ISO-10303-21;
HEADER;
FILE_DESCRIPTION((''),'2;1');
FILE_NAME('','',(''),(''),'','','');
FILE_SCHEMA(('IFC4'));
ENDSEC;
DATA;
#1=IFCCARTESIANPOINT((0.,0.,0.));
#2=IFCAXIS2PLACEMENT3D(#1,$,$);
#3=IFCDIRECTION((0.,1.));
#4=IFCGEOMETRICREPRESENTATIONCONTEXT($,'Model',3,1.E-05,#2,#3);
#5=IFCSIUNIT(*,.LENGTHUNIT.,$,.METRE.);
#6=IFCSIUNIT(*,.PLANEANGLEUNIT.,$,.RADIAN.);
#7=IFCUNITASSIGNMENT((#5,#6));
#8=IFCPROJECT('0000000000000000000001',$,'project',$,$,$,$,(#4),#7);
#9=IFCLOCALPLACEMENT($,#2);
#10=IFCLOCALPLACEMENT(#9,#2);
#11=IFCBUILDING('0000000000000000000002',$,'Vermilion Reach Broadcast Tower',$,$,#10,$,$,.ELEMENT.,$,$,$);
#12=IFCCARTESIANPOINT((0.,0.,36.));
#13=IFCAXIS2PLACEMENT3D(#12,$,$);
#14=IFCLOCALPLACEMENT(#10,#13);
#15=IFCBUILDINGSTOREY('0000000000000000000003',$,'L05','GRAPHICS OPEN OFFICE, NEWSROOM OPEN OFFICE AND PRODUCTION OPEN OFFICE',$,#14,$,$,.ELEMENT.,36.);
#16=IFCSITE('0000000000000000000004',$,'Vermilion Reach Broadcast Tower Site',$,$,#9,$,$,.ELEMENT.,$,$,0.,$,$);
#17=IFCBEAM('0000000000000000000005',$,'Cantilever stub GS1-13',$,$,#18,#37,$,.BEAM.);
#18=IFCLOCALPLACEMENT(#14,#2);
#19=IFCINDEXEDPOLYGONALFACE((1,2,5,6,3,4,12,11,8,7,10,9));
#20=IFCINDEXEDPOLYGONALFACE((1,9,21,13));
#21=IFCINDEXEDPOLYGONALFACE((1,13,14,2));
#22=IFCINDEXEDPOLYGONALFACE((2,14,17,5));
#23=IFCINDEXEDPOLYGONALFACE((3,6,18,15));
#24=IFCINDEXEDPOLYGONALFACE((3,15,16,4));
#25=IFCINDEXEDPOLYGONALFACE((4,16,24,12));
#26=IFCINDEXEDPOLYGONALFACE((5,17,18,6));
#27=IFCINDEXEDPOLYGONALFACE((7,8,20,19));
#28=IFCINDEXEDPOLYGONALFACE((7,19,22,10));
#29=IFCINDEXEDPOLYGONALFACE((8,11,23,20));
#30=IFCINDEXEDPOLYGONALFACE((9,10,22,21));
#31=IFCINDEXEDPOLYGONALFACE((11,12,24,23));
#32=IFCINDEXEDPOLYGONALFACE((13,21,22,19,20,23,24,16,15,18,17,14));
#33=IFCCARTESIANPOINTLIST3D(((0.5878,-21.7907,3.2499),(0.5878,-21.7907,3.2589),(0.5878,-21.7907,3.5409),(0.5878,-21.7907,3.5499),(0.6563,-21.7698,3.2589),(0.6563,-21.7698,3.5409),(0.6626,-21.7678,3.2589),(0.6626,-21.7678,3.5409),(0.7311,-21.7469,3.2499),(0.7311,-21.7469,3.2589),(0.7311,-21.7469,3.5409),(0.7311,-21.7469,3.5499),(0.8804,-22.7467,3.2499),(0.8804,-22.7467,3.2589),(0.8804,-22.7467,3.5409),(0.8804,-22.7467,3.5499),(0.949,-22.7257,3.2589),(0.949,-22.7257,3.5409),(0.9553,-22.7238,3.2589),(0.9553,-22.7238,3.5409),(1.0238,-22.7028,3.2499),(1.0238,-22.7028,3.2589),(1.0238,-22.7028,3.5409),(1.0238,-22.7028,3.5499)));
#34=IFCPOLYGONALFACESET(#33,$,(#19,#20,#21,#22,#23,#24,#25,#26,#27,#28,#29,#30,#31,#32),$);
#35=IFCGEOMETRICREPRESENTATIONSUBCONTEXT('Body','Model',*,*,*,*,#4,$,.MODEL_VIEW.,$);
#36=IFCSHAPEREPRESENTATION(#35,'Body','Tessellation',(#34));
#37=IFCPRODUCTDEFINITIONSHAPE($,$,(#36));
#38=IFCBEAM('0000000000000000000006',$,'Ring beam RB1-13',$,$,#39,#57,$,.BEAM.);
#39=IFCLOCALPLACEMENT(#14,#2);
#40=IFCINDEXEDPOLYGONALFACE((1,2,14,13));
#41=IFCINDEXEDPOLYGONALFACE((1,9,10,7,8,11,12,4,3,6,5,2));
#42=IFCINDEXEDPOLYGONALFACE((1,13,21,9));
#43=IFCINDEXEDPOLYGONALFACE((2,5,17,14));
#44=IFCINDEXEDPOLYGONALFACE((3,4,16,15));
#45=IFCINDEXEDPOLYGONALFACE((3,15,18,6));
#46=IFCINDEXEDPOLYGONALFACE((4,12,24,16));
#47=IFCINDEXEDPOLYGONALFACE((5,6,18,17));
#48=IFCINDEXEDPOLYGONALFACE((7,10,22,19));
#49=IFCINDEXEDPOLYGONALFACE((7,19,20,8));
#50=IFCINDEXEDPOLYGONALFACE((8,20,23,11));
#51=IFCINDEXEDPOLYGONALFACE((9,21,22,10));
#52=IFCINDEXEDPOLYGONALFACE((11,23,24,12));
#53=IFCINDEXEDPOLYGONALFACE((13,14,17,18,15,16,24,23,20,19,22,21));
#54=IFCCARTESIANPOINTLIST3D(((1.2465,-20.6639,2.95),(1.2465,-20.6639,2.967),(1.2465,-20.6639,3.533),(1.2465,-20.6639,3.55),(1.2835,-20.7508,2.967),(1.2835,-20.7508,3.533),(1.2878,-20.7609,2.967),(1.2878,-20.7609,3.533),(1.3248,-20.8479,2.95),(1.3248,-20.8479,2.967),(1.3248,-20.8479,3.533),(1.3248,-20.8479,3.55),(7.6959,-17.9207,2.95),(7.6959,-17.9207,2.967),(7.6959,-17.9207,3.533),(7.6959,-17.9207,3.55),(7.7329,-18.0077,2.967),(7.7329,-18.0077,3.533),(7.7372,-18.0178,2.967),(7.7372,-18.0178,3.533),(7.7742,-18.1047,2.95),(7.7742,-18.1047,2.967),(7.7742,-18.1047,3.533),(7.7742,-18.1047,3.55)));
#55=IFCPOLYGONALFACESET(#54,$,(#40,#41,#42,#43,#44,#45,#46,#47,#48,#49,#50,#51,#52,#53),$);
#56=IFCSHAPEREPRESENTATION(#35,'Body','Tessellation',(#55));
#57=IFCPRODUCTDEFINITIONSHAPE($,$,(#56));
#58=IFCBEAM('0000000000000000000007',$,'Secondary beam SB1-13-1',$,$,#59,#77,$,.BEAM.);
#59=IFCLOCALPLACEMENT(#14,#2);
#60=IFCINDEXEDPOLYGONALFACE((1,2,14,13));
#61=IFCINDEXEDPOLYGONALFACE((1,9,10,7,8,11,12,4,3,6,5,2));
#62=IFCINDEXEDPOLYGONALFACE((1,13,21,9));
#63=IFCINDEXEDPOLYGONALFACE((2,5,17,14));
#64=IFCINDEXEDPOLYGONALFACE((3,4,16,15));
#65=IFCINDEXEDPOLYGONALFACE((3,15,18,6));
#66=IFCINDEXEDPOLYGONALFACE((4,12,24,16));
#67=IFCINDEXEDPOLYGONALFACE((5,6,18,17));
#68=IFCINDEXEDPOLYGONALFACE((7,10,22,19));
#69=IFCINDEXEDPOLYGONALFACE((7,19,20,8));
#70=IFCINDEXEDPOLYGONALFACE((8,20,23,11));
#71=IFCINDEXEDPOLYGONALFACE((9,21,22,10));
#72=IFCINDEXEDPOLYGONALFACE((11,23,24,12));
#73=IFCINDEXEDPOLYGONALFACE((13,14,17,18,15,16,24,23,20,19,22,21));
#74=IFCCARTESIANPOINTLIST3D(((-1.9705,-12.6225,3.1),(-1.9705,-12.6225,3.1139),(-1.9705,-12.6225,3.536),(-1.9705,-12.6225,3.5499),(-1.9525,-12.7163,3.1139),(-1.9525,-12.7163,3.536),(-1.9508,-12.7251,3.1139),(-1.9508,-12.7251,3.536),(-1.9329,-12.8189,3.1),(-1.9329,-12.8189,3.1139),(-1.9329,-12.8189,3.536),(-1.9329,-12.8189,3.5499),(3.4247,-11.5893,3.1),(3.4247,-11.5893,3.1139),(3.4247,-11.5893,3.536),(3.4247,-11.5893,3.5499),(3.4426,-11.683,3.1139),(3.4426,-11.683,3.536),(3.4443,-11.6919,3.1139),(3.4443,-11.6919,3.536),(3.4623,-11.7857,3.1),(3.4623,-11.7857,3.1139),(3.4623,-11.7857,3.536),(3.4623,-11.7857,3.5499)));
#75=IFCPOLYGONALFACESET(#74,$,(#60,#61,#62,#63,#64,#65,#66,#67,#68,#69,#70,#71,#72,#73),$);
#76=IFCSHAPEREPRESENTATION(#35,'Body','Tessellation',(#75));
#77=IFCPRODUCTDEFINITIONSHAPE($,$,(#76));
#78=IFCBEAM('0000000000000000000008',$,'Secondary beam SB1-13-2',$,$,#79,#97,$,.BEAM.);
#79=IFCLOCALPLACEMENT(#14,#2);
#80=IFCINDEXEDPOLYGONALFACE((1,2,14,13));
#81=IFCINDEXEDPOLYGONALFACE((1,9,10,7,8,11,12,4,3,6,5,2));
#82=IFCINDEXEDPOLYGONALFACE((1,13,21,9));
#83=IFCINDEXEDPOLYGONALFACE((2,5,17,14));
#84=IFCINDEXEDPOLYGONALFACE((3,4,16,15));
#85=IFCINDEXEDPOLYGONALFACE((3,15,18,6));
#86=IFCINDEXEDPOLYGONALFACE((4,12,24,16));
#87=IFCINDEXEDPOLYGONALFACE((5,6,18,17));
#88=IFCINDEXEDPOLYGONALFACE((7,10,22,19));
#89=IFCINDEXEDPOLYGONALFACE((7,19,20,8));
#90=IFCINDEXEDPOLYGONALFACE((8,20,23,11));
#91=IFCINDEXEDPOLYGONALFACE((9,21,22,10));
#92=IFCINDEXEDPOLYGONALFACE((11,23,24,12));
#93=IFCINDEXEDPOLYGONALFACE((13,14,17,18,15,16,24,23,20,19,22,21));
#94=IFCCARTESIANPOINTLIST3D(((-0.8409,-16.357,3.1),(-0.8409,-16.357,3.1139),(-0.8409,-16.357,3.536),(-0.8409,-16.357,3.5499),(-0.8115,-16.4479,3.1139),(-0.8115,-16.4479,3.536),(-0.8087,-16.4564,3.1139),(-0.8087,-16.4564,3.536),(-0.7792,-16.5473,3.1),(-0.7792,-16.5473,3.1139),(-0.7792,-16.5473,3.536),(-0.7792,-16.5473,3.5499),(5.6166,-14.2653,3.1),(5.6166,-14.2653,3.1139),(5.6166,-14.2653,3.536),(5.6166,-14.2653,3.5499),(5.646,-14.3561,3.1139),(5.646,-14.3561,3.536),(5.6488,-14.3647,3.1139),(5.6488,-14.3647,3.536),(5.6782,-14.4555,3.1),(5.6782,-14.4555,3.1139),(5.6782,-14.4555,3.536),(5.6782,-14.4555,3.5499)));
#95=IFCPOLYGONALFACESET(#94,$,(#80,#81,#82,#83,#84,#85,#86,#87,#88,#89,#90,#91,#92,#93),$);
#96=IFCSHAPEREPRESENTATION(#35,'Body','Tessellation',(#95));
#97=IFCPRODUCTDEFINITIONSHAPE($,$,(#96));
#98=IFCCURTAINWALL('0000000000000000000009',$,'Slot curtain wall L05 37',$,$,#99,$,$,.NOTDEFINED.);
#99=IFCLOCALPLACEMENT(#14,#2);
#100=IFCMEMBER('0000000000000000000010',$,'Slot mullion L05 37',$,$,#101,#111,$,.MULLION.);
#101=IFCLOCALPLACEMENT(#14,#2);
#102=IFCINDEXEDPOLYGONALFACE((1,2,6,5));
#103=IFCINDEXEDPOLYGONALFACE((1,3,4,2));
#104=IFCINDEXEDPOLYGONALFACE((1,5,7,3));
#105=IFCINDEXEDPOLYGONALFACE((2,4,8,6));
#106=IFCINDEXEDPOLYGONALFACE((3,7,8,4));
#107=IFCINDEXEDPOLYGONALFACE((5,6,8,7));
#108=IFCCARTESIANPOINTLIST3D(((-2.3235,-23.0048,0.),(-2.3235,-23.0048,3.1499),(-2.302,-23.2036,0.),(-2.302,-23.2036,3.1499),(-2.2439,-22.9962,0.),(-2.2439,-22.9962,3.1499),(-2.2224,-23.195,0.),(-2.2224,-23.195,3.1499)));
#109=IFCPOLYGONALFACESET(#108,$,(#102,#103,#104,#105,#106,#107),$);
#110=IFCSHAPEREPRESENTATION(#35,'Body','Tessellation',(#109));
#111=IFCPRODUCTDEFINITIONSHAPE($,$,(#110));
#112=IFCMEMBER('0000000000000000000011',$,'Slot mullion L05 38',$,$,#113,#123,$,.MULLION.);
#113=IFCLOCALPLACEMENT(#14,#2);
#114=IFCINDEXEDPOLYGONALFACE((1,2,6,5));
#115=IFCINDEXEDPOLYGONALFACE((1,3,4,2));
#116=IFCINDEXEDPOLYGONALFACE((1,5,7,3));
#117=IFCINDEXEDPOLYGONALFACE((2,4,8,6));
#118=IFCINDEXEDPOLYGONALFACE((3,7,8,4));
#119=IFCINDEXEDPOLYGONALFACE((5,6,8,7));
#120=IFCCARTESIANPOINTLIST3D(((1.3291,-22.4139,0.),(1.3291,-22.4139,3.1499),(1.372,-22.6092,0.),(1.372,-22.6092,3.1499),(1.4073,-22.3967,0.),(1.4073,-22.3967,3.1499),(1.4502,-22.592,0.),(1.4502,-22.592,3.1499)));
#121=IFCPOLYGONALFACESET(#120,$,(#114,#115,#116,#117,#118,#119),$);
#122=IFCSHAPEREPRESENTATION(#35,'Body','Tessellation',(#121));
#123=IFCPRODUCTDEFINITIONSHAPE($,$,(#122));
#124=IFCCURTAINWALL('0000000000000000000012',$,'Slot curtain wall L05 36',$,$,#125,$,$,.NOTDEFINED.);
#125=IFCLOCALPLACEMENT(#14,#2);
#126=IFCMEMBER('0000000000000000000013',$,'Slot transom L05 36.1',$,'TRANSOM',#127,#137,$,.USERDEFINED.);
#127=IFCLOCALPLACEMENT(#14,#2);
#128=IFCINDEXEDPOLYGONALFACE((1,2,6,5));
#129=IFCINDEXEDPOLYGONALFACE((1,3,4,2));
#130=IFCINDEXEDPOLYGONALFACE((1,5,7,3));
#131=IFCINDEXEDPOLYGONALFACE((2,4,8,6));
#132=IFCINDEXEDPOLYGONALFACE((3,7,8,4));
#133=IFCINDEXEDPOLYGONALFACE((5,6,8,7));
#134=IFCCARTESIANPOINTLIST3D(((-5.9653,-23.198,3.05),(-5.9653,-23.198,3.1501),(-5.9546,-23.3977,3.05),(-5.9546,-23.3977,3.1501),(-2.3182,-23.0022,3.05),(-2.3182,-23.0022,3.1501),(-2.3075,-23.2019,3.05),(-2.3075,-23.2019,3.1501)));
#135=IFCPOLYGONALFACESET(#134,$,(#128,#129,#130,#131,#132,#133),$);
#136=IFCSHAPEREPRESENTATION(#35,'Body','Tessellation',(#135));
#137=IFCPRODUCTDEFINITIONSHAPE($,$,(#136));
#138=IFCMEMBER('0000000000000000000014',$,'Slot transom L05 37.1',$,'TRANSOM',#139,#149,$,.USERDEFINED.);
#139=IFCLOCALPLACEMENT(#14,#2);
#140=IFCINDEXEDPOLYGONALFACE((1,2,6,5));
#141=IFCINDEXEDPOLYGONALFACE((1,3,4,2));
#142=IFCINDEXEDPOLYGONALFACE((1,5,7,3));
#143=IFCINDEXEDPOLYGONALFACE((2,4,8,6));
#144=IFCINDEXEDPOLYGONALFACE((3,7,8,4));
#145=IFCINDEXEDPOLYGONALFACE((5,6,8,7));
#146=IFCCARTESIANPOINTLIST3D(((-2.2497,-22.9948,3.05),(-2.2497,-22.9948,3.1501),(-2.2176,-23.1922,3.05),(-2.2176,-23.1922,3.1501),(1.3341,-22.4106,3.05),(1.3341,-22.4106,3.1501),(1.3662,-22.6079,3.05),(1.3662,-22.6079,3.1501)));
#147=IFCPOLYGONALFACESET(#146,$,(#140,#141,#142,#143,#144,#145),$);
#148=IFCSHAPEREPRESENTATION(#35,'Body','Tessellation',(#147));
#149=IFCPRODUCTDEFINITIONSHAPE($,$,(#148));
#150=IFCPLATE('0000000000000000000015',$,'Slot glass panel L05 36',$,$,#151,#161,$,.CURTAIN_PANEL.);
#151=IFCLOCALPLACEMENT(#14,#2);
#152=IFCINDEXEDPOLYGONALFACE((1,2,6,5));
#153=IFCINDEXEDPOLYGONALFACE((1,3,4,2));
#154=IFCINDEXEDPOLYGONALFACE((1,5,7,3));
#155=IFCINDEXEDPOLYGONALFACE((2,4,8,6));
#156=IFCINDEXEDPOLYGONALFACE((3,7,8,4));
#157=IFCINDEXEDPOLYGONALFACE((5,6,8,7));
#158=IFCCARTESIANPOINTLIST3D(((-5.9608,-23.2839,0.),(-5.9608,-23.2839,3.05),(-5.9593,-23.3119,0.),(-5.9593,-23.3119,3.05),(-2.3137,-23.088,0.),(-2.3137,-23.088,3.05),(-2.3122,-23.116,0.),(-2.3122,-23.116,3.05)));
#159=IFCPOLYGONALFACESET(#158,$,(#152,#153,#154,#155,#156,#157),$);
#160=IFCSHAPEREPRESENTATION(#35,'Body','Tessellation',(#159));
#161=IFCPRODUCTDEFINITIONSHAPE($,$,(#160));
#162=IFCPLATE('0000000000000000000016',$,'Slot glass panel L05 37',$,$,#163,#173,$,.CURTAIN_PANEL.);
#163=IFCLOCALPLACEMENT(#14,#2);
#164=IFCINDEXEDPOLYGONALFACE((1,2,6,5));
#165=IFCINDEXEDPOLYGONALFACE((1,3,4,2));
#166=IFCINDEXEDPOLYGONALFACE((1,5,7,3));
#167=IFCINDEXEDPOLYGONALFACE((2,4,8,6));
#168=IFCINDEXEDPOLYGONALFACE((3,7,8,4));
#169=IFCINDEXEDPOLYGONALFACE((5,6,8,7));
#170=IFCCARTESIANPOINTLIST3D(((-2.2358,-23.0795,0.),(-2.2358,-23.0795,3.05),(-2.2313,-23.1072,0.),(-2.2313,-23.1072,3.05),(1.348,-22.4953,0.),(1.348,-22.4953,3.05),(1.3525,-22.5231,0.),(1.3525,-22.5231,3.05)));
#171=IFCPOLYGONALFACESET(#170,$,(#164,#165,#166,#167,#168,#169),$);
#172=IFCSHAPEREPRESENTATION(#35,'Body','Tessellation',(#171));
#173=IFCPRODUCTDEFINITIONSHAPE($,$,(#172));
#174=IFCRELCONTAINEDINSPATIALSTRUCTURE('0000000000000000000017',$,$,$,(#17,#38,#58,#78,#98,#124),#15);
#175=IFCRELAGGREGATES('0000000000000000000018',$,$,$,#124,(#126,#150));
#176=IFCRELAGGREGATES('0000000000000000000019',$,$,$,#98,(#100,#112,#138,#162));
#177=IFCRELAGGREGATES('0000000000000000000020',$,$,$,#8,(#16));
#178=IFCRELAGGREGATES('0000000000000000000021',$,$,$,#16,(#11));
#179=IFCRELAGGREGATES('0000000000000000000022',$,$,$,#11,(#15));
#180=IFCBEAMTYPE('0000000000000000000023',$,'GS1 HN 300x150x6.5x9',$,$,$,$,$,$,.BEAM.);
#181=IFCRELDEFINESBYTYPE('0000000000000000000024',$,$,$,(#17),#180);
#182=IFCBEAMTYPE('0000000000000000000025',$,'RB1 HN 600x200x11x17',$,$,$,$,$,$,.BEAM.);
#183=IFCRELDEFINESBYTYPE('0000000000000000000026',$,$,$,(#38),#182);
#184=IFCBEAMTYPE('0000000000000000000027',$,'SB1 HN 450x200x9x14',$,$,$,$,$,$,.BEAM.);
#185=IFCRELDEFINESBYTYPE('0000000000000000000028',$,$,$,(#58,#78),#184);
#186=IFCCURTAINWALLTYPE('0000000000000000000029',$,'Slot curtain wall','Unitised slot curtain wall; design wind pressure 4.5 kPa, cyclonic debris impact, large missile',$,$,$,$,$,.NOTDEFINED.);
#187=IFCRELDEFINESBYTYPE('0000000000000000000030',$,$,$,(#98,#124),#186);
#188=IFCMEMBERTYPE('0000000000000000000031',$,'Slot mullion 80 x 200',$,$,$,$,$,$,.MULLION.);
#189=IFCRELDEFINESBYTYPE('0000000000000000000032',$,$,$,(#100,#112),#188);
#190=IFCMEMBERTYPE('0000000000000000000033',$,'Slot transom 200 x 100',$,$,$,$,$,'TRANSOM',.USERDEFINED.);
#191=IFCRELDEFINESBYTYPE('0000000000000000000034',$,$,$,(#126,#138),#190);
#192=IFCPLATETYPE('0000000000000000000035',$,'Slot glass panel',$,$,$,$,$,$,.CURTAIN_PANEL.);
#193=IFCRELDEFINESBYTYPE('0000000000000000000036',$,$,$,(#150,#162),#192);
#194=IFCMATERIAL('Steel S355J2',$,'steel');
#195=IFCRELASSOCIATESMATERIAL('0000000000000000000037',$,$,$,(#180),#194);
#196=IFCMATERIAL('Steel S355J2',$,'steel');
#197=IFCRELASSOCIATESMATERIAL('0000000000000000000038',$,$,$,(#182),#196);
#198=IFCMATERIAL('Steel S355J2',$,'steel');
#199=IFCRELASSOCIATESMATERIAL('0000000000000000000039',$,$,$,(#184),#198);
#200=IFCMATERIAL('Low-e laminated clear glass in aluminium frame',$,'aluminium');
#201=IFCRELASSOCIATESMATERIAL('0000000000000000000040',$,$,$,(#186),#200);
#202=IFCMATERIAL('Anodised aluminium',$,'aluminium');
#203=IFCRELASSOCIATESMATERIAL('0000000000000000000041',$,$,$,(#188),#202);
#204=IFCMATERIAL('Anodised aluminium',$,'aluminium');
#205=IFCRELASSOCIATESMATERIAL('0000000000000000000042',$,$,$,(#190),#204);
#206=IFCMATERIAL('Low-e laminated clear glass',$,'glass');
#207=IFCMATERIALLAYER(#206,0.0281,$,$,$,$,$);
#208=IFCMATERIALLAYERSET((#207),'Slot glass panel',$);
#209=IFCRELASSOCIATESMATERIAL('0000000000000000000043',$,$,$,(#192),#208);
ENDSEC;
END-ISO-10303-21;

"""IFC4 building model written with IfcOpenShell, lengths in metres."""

from ifc_helpers import new_model, si_unit, direction, frame, origin, origin_2d, place, context, subcontext, project, spatial, rectangle, i_section, extrude, material, layer, layer_set, material_profile, profile_set, type_object, element, aggregate, save


model = new_model("IFC4")

# Units and contexts
model_context = context("Model", 3, precision=1e-05, world=origin(), true_north=direction((0.0, 1.0)))
body_context = subcontext(model_context, "Body", "Model", "MODEL_VIEW")
ifc_project = project(units=[si_unit("LENGTHUNIT", "METRE"), si_unit("PLANEANGLEUNIT", "RADIAN")], contexts=[model_context])

# Site, building, storey
site_placement = place(None, origin())
site = spatial("IfcSite", under=ifc_project, at=site_placement, Name="Vermilion Reach Broadcast Tower Site", CompositionType="ELEMENT", RefElevation=0.0)
building_placement = place(site_placement, origin())
building = spatial("IfcBuilding", under=site, at=building_placement, Name="Vermilion Reach Broadcast Tower", CompositionType="ELEMENT")
storey_placement = place(building_placement, frame((0.0, 0.0, 36.0)))
storey = spatial("IfcBuildingStorey", under=building, at=storey_placement, Name="L05", Description="GRAPHICS OPEN OFFICE, NEWSROOM OPEN OFFICE AND PRODUCTION OPEN OFFICE", CompositionType="ELEMENT", Elevation=36.0)

# Beams
ifc_material_1 = material(Name="Steel S355J2", Category="steel")
ifc_material_profile_1 = material_profile(ifc_material_1, i_section(OverallWidth=0.1499, OverallDepth=0.3, WebThickness=0.0066, FlangeThickness=0.009, at=origin_2d()), Name="S355J2 HN 300x150x6.5x9")
ifc_profile_set_1 = profile_set([ifc_material_profile_1], Name="Steel S355J2")
beam_type_1 = type_object("IfcBeamType", Name="GS1 HN 300x150x6.5x9", PredefinedType="BEAM", material=ifc_profile_set_1)
beam_1_placement = place(storey_placement, frame((0.6594, -21.7688, 3.3999), z_axis=(0.292764, -0.956185, 0.0), x_axis=(0.956185, 0.292764, 0.0)))
element("IfcBeam", 1, at=beam_1_placement, inside=storey, type_object=beam_type_1, Name="Cantilever stub GS1-13", PredefinedType="BEAM", context=body_context, shape_type="SweptSolid", body=[
    extrude(i_section(OverallWidth=0.1499, OverallDepth=0.3, WebThickness=0.0066, FlangeThickness=0.009, at=origin_2d()), origin(), (0.0, 0.0, 1.0), 0.9998),
])
ifc_material_2 = material(Name="Steel S355J2", Category="steel")
ifc_material_profile_2 = material_profile(ifc_material_2, i_section(OverallWidth=0.2, OverallDepth=0.6001, WebThickness=0.011, FlangeThickness=0.0171, at=origin_2d()), Name="S355J2 HN 600x200x11x17")
ifc_profile_set_2 = profile_set([ifc_material_profile_2], Name="Steel S355J2")
beam_type_2 = type_object("IfcBeamType", Name="RB1 HN 600x200x11x17", PredefinedType="BEAM", material=ifc_profile_set_2)
beam_2_placement = place(storey_placement, frame((1.2856, -20.7559, 3.25), z_axis=(0.920221, 0.3914, 0.0), x_axis=(-0.3914, 0.920221, 0.0)))
element("IfcBeam", 2, at=beam_2_placement, inside=storey, type_object=beam_type_2, Name="Ring beam RB1-13", PredefinedType="BEAM", context=body_context, shape_type="SweptSolid", body=[
    extrude(i_section(OverallWidth=0.2, OverallDepth=0.6001, WebThickness=0.011, FlangeThickness=0.0171, at=origin_2d()), origin(), (0.0, 0.0, 1.0), 7.0085),
])
ifc_material_3 = material(Name="Steel S355J2", Category="steel")
ifc_material_profile_3 = material_profile(ifc_material_3, i_section(OverallWidth=0.2, OverallDepth=0.45, WebThickness=0.009, FlangeThickness=0.0139, at=origin_2d()), Name="S355J2 HN 450x200x9x14")
ifc_profile_set_3 = profile_set([ifc_material_profile_3], Name="Steel S355J2")
beam_type_3 = type_object("IfcBeamType", Name="SB1 HN 450x200x9x14", PredefinedType="BEAM", material=ifc_profile_set_3)
beam_3_placement = place(storey_placement, frame((-1.9517, -12.7207, 3.325), z_axis=(0.982151, 0.188092, 0.0), x_axis=(-0.188092, 0.982151, 0.0)))
element("IfcBeam", 3, at=beam_3_placement, inside=storey, type_object=beam_type_3, Name="Secondary beam SB1-13-1", PredefinedType="BEAM", context=body_context, shape_type="SweptSolid", body=[
    extrude(i_section(OverallWidth=0.2, OverallDepth=0.45, WebThickness=0.009, FlangeThickness=0.0139, at=origin_2d()), origin(), (0.0, 0.0, 1.0), 5.4932),
])
beam_4_placement = place(storey_placement, frame((-0.8101, -16.4521, 3.325), z_axis=(0.951332, 0.308167, 0.0), x_axis=(-0.308167, 0.951332, 0.0)))
element("IfcBeam", 4, at=beam_4_placement, inside=storey, type_object=beam_type_3, Name="Secondary beam SB1-13-2", PredefinedType="BEAM", context=body_context, shape_type="SweptSolid", body=[
    extrude(i_section(OverallWidth=0.2, OverallDepth=0.45, WebThickness=0.009, FlangeThickness=0.0139, at=origin_2d()), origin(), (0.0, 0.0, 1.0), 6.7878),
])

# Curtain wall, members
ifc_material_4 = material(Name="Low-e laminated clear glass in aluminium frame", Category="aluminium")
curtain_wall_type = type_object("IfcCurtainWallType", Name="Slot curtain wall", Description="Unitised slot curtain wall; design wind pressure 4.5 kPa, cyclonic debris impact, large missile", PredefinedType="NOTDEFINED", material=ifc_material_4)
placement = place(storey_placement, origin())
curtain_wall_1 = element("IfcCurtainWall", 5, at=placement, inside=storey, type_object=curtain_wall_type, Name="Slot curtain wall L05 37", PredefinedType="NOTDEFINED")
ifc_material_5 = material(Name="Anodised aluminium", Category="aluminium")
ifc_material_profile_4 = material_profile(ifc_material_5, rectangle(XDim=0.2, YDim=0.0801, at=origin_2d()), Name="Slot mullion 80 x 200")
ifc_profile_set_4 = profile_set([ifc_material_profile_4], Name="Anodised aluminium")
member_type_1 = type_object("IfcMemberType", Name="Slot mullion 80 x 200", PredefinedType="MULLION", material=ifc_profile_set_4)
member_1_placement = place(storey_placement, frame((-2.2729, -23.0999, 0.0), z_axis=(0.0, 0.0, 1.0), x_axis=(-0.107408, 0.994215, 0.0)))
member_1 = element("IfcMember", 6, at=member_1_placement, type_object=member_type_1, Name="Slot mullion L05 37", PredefinedType="MULLION", context=body_context, shape_type="SweptSolid", body=[
    extrude(rectangle(XDim=0.2, YDim=0.0801, at=origin_2d()), origin(), (0.0, 0.0, 1.0), 3.1499),
])
member_2_placement = place(storey_placement, frame((1.3896, -22.5029, 0.0), z_axis=(0.0, 0.0, 1.0), x_axis=(-0.214752, 0.976669, 0.0)))
member_2 = element("IfcMember", 7, at=member_2_placement, type_object=member_type_1, Name="Slot mullion L05 38", PredefinedType="MULLION", context=body_context, shape_type="SweptSolid", body=[
    extrude(rectangle(XDim=0.2, YDim=0.0801, at=origin_2d()), origin(), (0.0, 0.0, 1.0), 3.1499),
])

# Curtain wall, member
curtain_wall_2 = element("IfcCurtainWall", 8, at=placement, inside=storey, type_object=curtain_wall_type, Name="Slot curtain wall L05 36", PredefinedType="NOTDEFINED")
ifc_material_6 = material(Name="Anodised aluminium", Category="aluminium")
ifc_material_profile_5 = material_profile(ifc_material_6, rectangle(XDim=0.2, YDim=0.1001, at=origin_2d()), Name="Slot transom 200 x 100")
ifc_profile_set_5 = profile_set([ifc_material_profile_5], Name="Anodised aluminium")
member_type_2 = type_object("IfcMemberType", Name="Slot transom 200 x 100", ElementType="TRANSOM", PredefinedType="USERDEFINED", material=ifc_profile_set_5)
member_3_placement = place(storey_placement, frame((-5.96, -23.2979, 3.1001), z_axis=(0.998562, 0.053611, 0.0), x_axis=(-0.053611, 0.998562, 0.0)))
member_3 = element("IfcMember", 9, at=member_3_placement, type_object=member_type_2, Name="Slot transom L05 36.1", ObjectType="TRANSOM", PredefinedType="USERDEFINED", context=body_context, shape_type="SweptSolid", body=[
    extrude(rectangle(XDim=0.2, YDim=0.1001, at=origin_2d()), origin(), (0.0, 0.0, 1.0), 3.6523),
])

# Member
member_4_placement = place(storey_placement, frame((-2.2336, -23.0935, 3.1001), z_axis=(0.986971, 0.160898, 0.0), x_axis=(-0.160898, 0.986971, 0.0)))
member_4 = element("IfcMember", 10, at=member_4_placement, type_object=member_type_2, Name="Slot transom L05 37.1", ObjectType="TRANSOM", PredefinedType="USERDEFINED", context=body_context, shape_type="SweptSolid", body=[
    extrude(rectangle(XDim=0.2, YDim=0.1001, at=origin_2d()), origin(), (0.0, 0.0, 1.0), 3.6311),
])

# Plates
ifc_material_7 = material(Name="Low-e laminated clear glass", Category="glass")
ifc_layer_1 = layer(ifc_material_7, 0.0281)
ifc_layer_set_1 = layer_set([ifc_layer_1], Name="Slot glass panel")
plate_type = type_object("IfcPlateType", Name="Slot glass panel", PredefinedType="CURTAIN_PANEL", material=ifc_layer_set_1)
plate_1_placement = place(storey_placement, frame((-4.1365, -23.2, 0.0), z_axis=(0.0, 0.0, 1.0), x_axis=(0.998561, 0.053631, 0.0)))
plate_1 = element("IfcPlate", 11, at=plate_1_placement, type_object=plate_type, Name="Slot glass panel L05 36", PredefinedType="CURTAIN_PANEL", context=body_context, shape_type="SweptSolid", body=[
    extrude(rectangle(XDim=3.6523, YDim=0.0281, at=origin_2d()), origin(), (0.0, 0.0, 1.0), 3.05),
])
aggregate(curtain_wall_2, [member_3, plate_1])
plate_2_placement = place(storey_placement, frame((-0.4417, -22.8013, 0.0), z_axis=(0.0, 0.0, 1.0), x_axis=(0.986975, 0.160872, 0.0)))
plate_2 = element("IfcPlate", 12, at=plate_2_placement, type_object=plate_type, Name="Slot glass panel L05 37", PredefinedType="CURTAIN_PANEL", context=body_context, shape_type="SweptSolid", body=[
    extrude(rectangle(XDim=3.6311, YDim=0.0281, at=origin_2d()), origin(), (0.0, 0.0, 1.0), 3.05),
])
aggregate(curtain_wall_1, [member_1, member_2, member_4, plate_2])

save(model, "model.ifc")
